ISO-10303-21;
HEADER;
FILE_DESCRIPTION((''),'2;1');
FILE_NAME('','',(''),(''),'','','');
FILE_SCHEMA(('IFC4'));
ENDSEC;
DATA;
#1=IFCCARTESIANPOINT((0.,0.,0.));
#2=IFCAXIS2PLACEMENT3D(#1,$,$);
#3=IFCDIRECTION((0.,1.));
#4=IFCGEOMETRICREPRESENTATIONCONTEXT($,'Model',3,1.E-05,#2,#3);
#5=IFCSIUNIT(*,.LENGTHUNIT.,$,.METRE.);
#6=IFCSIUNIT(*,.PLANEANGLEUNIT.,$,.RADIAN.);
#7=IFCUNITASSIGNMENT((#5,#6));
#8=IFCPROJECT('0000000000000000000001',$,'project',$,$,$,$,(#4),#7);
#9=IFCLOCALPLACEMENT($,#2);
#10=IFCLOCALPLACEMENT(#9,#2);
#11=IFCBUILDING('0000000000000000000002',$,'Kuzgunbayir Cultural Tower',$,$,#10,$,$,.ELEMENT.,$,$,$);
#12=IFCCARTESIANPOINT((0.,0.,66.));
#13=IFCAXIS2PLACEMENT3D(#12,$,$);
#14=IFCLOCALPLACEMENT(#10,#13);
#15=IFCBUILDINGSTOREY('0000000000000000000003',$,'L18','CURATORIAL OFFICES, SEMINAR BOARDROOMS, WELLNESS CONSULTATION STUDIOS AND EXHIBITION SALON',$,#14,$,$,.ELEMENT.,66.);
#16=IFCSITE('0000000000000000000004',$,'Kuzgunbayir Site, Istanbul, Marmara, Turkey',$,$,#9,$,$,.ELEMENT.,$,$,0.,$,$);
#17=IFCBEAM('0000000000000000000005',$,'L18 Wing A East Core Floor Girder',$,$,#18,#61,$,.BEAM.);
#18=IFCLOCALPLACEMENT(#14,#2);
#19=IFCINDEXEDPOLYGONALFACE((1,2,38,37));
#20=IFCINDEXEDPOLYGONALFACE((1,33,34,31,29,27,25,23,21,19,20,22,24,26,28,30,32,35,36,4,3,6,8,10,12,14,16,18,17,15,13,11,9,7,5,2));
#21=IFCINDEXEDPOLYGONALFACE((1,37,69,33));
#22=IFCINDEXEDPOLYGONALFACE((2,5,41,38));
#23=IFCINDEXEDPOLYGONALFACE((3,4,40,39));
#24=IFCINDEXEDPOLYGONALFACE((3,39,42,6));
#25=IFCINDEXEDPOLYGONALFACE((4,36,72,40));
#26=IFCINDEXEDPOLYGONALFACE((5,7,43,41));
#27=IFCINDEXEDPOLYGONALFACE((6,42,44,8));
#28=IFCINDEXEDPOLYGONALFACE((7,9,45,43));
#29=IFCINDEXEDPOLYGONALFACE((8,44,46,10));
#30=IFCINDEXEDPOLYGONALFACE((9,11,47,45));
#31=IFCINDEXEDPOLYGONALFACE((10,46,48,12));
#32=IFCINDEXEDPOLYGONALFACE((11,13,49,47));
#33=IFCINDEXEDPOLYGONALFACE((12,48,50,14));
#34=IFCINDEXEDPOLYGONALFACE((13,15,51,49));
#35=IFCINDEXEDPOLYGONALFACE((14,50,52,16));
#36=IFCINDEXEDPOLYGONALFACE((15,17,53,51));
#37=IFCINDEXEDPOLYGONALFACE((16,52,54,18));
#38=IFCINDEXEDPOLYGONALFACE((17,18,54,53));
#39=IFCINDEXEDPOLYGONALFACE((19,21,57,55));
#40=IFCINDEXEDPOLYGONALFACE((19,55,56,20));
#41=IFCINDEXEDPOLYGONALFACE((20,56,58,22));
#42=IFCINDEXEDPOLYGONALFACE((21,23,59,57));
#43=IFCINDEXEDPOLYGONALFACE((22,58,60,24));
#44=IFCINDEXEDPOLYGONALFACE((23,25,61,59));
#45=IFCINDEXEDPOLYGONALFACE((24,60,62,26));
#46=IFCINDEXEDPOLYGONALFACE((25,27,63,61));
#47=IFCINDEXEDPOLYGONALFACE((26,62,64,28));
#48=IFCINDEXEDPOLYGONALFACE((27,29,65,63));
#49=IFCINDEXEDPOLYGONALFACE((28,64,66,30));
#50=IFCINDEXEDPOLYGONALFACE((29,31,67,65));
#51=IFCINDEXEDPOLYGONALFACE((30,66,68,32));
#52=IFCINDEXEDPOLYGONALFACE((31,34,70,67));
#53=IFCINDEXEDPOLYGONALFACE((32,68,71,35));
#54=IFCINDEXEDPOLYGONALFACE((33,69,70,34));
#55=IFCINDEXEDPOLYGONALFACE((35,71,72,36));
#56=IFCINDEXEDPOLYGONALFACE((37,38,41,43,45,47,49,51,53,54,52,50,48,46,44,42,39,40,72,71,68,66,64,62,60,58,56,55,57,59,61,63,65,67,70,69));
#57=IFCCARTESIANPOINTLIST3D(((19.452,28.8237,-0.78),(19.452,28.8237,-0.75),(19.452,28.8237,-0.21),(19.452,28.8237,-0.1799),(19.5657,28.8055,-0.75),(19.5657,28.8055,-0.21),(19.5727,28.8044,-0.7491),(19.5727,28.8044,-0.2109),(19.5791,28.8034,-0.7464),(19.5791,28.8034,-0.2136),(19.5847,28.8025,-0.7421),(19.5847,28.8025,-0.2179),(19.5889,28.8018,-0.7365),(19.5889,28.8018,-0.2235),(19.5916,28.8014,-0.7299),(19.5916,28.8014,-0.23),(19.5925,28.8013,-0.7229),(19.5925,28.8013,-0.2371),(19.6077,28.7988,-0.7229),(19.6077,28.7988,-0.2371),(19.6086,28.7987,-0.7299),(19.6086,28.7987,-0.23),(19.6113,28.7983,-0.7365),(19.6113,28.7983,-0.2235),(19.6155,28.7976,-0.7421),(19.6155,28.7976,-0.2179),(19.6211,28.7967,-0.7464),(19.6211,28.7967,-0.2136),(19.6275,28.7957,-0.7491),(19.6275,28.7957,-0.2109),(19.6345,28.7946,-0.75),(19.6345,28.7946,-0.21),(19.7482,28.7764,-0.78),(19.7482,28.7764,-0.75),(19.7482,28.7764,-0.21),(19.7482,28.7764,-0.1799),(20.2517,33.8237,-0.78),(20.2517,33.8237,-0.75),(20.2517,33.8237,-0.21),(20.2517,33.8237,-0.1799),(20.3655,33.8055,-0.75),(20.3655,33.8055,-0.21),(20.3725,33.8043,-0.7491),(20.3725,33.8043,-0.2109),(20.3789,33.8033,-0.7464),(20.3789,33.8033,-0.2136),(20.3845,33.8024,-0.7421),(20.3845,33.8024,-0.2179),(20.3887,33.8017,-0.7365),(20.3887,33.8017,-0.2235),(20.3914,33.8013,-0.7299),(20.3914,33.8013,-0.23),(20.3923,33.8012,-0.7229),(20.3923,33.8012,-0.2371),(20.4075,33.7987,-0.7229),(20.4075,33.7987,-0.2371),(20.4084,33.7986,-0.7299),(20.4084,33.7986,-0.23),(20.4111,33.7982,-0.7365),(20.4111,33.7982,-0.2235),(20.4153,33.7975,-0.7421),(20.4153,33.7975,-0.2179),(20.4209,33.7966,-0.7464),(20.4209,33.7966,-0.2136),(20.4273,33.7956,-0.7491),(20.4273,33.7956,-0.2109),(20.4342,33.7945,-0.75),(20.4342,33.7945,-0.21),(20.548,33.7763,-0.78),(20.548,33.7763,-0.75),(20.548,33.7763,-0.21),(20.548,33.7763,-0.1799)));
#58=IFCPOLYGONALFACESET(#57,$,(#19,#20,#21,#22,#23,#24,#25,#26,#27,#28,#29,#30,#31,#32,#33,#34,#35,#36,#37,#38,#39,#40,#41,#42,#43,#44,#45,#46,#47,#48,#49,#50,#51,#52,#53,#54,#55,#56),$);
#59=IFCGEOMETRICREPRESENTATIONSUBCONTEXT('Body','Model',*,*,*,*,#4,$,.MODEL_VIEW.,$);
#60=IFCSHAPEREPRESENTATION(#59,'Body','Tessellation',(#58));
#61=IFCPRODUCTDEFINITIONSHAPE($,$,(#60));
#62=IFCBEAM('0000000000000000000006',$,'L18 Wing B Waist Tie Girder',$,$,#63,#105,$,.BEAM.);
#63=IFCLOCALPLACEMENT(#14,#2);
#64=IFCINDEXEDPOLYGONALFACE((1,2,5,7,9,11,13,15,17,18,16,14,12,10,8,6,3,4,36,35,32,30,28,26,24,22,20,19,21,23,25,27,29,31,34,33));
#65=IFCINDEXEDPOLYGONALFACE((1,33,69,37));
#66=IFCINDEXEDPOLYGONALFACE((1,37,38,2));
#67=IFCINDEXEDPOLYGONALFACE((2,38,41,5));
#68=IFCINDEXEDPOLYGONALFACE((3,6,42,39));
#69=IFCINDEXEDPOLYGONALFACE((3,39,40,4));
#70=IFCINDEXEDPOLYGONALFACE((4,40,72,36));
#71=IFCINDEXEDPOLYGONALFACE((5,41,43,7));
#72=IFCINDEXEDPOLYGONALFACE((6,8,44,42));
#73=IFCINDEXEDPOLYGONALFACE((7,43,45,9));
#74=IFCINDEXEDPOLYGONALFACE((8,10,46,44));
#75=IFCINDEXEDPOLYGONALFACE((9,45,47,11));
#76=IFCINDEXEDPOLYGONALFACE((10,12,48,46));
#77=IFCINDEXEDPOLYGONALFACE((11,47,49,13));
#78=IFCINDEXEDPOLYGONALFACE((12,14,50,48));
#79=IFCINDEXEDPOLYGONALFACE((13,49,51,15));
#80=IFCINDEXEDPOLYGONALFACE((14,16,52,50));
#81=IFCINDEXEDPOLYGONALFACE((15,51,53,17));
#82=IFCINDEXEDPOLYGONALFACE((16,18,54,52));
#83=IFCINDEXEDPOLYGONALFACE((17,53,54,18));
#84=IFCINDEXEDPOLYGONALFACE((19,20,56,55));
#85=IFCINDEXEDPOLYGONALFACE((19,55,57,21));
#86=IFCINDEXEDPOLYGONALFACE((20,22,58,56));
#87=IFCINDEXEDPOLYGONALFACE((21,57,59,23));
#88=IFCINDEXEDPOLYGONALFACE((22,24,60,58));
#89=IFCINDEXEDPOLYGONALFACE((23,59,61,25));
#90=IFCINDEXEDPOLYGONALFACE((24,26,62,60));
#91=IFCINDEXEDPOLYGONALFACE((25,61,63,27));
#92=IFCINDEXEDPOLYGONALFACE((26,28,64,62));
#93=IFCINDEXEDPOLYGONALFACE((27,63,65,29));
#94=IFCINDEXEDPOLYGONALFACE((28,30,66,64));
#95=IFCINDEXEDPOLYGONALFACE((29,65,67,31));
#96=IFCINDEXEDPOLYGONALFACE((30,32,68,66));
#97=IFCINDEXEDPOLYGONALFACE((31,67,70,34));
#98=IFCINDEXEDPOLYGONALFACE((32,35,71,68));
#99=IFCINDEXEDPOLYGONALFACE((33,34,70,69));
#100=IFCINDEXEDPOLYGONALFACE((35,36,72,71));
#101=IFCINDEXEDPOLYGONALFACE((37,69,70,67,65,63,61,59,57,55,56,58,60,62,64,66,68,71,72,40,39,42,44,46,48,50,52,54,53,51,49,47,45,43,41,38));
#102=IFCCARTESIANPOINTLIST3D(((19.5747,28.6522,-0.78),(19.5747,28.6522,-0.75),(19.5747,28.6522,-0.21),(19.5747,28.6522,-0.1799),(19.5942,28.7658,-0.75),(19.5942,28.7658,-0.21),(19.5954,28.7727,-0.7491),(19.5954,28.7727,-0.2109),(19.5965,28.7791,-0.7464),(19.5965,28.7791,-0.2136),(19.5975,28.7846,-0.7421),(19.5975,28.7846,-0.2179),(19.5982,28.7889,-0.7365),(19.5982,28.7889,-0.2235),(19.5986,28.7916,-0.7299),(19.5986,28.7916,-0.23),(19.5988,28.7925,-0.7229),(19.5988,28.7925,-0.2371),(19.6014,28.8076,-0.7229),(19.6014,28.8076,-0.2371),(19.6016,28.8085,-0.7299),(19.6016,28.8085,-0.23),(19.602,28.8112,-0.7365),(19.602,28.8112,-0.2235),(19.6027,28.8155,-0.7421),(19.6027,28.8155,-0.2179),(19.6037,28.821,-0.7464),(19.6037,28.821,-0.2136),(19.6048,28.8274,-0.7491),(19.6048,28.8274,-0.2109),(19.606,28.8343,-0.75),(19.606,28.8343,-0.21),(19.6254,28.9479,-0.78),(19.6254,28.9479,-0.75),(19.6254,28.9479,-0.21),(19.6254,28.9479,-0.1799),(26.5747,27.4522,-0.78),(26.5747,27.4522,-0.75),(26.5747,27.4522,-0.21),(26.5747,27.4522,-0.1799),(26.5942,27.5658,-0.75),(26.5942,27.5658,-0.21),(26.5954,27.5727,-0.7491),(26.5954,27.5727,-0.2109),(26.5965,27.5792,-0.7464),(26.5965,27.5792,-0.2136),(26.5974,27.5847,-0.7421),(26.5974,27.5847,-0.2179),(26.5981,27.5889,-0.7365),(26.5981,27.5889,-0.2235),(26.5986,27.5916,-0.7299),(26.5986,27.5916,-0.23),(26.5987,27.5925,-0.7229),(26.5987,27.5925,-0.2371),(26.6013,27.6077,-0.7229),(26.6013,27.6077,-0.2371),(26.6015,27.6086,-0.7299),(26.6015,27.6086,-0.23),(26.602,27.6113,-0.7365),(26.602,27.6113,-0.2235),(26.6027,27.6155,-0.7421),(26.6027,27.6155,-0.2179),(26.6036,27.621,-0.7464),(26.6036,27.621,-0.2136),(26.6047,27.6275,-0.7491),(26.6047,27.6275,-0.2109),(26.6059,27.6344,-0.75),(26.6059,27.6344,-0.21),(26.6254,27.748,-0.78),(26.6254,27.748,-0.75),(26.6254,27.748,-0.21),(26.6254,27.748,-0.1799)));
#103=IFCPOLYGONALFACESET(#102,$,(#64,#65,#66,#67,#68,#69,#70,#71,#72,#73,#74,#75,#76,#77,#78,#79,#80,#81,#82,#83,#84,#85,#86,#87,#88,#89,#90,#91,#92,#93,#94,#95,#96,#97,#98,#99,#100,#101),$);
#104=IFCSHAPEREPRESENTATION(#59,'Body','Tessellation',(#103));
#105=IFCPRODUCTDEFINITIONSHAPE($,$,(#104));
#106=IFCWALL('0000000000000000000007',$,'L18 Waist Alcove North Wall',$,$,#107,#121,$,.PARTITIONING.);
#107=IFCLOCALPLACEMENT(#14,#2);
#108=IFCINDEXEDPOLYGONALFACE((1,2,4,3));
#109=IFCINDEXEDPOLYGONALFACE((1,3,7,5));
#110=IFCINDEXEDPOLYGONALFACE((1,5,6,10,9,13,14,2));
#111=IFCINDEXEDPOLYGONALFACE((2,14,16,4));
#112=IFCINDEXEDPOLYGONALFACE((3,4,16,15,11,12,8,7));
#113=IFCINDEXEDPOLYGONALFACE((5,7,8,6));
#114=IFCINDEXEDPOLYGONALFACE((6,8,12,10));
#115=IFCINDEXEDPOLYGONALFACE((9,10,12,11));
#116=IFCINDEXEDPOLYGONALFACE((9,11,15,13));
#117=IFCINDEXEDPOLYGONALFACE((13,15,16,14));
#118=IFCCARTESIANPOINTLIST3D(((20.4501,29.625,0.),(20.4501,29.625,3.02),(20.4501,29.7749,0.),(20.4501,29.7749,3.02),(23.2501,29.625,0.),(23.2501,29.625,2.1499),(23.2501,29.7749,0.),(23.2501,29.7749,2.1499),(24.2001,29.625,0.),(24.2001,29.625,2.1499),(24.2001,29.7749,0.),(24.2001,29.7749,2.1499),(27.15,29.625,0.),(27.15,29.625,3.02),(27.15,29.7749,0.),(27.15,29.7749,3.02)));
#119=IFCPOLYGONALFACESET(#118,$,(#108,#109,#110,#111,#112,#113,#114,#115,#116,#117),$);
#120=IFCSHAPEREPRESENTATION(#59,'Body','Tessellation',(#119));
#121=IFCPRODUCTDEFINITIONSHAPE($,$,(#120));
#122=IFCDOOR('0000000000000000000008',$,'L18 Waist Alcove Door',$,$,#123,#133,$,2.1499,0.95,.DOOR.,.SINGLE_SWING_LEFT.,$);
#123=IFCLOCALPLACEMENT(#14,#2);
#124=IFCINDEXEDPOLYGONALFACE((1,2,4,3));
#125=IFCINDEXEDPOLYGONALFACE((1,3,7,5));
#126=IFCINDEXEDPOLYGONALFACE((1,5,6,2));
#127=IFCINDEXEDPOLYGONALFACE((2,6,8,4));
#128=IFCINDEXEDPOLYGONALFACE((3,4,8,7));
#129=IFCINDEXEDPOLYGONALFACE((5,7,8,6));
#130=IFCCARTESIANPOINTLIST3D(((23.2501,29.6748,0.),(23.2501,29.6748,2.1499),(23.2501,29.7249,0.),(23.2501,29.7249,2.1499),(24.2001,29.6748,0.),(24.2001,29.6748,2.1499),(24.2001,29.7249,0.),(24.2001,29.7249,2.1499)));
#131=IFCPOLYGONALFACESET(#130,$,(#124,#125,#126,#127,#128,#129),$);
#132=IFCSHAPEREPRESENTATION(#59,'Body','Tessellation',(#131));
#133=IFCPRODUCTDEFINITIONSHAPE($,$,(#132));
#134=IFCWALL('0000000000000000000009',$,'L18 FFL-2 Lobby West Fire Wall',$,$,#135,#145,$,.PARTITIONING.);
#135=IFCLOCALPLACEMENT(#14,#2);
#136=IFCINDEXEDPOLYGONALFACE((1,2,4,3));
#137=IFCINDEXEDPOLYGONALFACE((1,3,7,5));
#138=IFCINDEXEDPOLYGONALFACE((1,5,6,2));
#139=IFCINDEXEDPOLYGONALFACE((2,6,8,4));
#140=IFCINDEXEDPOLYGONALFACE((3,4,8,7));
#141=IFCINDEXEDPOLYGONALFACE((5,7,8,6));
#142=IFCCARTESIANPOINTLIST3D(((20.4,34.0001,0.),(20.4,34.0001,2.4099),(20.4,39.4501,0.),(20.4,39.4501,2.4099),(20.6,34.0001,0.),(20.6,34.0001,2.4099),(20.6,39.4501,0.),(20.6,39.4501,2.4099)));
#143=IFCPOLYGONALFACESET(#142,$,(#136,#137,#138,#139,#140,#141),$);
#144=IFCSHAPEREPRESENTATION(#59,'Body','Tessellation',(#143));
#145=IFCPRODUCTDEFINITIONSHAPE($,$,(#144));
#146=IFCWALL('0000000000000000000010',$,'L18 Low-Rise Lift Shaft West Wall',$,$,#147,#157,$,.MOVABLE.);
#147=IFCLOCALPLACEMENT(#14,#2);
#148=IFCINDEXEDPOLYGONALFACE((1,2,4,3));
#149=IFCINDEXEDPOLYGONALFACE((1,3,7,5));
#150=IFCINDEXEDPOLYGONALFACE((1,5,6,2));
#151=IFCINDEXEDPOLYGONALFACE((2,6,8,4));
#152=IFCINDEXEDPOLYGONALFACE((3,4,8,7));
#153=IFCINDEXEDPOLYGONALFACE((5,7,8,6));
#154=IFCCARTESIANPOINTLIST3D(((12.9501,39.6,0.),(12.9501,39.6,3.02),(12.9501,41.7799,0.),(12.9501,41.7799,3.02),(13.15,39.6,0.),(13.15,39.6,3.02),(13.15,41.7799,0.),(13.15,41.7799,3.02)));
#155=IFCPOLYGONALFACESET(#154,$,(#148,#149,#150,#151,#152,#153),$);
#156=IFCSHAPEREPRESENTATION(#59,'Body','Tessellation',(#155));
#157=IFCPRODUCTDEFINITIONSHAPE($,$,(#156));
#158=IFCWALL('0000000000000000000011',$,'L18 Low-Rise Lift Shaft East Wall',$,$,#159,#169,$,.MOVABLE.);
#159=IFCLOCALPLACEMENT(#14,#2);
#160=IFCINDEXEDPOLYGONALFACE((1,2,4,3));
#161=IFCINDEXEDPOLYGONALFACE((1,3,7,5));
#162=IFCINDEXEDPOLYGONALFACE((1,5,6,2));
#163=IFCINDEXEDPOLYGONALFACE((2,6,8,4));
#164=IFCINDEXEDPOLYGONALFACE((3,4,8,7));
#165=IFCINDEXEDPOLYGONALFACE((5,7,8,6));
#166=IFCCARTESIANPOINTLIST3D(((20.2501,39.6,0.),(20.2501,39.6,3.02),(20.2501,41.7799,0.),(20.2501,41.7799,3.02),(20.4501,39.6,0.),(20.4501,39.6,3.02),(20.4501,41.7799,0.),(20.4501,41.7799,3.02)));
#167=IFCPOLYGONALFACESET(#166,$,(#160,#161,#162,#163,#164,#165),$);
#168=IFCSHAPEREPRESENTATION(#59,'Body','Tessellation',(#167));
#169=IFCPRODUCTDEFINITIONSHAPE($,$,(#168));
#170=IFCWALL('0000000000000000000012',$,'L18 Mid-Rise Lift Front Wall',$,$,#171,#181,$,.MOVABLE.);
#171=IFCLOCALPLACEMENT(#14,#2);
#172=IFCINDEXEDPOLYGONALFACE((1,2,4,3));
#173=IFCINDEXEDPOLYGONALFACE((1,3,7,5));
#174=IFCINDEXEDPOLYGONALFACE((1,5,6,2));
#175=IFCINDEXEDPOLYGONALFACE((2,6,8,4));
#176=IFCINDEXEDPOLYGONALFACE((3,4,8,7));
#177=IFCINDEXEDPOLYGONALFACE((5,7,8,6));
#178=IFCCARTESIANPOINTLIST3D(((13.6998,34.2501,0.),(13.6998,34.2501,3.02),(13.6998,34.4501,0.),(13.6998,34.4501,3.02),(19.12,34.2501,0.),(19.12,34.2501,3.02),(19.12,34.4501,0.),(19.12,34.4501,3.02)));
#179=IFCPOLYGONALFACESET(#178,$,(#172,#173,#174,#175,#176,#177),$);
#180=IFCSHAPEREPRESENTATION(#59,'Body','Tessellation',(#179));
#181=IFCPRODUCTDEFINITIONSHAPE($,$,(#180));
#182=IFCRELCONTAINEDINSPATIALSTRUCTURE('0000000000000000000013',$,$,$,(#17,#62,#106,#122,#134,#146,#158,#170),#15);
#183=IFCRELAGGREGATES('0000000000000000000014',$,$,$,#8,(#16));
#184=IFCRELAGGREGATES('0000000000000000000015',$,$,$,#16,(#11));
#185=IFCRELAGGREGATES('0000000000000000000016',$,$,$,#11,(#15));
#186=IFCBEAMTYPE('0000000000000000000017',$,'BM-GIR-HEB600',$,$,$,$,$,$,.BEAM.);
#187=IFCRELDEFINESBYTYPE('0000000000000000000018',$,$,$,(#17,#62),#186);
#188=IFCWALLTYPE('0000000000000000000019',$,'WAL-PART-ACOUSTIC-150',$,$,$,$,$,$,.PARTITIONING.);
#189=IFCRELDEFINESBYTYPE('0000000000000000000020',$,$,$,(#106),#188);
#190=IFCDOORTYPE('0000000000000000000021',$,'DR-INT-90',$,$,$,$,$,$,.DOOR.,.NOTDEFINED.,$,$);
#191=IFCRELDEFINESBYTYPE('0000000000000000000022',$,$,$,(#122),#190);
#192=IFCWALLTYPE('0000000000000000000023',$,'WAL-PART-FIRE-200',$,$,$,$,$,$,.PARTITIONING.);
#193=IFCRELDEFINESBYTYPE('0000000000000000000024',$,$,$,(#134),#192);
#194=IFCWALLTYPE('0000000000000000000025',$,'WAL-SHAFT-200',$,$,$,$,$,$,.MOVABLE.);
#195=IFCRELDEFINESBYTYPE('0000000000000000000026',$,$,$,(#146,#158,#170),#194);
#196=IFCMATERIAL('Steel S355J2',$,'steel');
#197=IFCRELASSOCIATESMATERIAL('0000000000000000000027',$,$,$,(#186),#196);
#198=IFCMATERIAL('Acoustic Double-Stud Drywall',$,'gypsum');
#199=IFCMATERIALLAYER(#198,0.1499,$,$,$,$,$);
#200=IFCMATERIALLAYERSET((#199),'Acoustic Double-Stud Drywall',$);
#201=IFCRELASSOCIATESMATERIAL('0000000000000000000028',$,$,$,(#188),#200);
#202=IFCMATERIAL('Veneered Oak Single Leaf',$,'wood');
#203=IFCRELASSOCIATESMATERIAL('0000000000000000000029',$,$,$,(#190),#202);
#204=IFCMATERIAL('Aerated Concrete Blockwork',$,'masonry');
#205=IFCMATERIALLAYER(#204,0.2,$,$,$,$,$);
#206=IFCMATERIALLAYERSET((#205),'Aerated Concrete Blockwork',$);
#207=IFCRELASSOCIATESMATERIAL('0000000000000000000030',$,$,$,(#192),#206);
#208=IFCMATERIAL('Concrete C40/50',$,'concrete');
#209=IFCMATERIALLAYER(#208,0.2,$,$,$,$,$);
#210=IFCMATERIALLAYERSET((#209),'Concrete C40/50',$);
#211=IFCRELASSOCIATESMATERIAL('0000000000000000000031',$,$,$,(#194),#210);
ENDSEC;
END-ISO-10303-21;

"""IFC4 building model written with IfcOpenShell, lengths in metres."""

from ifc_helpers import new_model, si_unit, direction, frame, frame_2d, origin, origin_2d, place, context, subcontext, project, spatial, rectangle, i_section, extrude, material, layer, layer_set, material_profile, profile_set, type_object, element, fill, save


model = new_model("IFC4")

# Units and contexts
model_context = context("Model", 3, precision=1e-05, world=origin(), true_north=direction((0.0, 1.0)))
body_context = subcontext(model_context, "Body", "Model", "MODEL_VIEW")
ifc_project = project(units=[si_unit("LENGTHUNIT", "METRE"), si_unit("PLANEANGLEUNIT", "RADIAN")], contexts=[model_context])

# Site, building, storey
site_placement = place(None, origin())
site = spatial("IfcSite", under=ifc_project, at=site_placement, Name="Kuzgunbayir Site, Istanbul, Marmara, Turkey", CompositionType="ELEMENT", RefElevation=0.0)
building_placement = place(site_placement, origin())
building = spatial("IfcBuilding", under=site, at=building_placement, Name="Kuzgunbayir Cultural Tower", CompositionType="ELEMENT")
storey_placement = place(building_placement, frame((0.0, 0.0, 66.0)))
storey = spatial("IfcBuildingStorey", under=building, at=storey_placement, Name="L18", Description="CURATORIAL OFFICES, SEMINAR BOARDROOMS, WELLNESS CONSULTATION STUDIOS AND EXHIBITION SALON", CompositionType="ELEMENT", Elevation=66.0)

# Beams
ifc_material_1 = material(Name="Steel S355J2", Category="steel")
ifc_material_profile_1 = material_profile(ifc_material_1, i_section(OverallWidth=0.3, OverallDepth=0.6001, WebThickness=0.0154, FlangeThickness=0.03, FilletRadius=0.0271, at=origin_2d()), Name="HEB 600")
ifc_profile_set_1 = profile_set([ifc_material_profile_1], Name="Steel S355J2")
beam_type = type_object("IfcBeamType", Name="BM-GIR-HEB600", PredefinedType="BEAM", material=ifc_profile_set_1)
beam_1_placement = place(storey_placement, frame((19.6001, 28.8, -0.48), z_axis=(0.157953, 0.987447, 0.0), x_axis=(-0.987447, 0.157953, 0.0)))
element("IfcBeam", 1, at=beam_1_placement, inside=storey, type_object=beam_type, Name="L18 Wing A East Core Floor Girder", PredefinedType="BEAM", context=body_context, shape_type="SweptSolid", body=[
    extrude(i_section(OverallWidth=0.3, OverallDepth=0.6001, WebThickness=0.0154, FlangeThickness=0.03, FilletRadius=0.0271, at=origin_2d()), origin(), (0.0, 0.0, 1.0), 5.0635),
])
beam_2_placement = place(storey_placement, frame((19.6001, 28.8, -0.48), z_axis=(0.985623, -0.168957, 0.0), x_axis=(0.168957, 0.985623, 0.0)))
element("IfcBeam", 2, at=beam_2_placement, inside=storey, type_object=beam_type, Name="L18 Wing B Waist Tie Girder", PredefinedType="BEAM", context=body_context, shape_type="SweptSolid", body=[
    extrude(i_section(OverallWidth=0.3, OverallDepth=0.6001, WebThickness=0.0154, FlangeThickness=0.03, FilletRadius=0.0271, at=origin_2d()), origin(), (0.0, 0.0, 1.0), 7.1021),
])

# Wall, opening, door
ifc_material_2 = material(Name="Acoustic Double-Stud Drywall", Category="gypsum")
ifc_layer_1 = layer(ifc_material_2, 0.1499)
ifc_layer_set_1 = layer_set([ifc_layer_1], Name="Acoustic Double-Stud Drywall")
wall_type_1 = type_object("IfcWallType", Name="WAL-PART-ACOUSTIC-150", PredefinedType="PARTITIONING", material=ifc_layer_set_1)
wall_1_placement = place(storey_placement, frame((20.45, 29.7, 0.0), z_axis=(0.0, 0.0, 1.0), x_axis=(1.0, 0.0, 0.0)))
wall_1 = element("IfcWall", 3, at=wall_1_placement, inside=storey, type_object=wall_type_1, Name="L18 Waist Alcove North Wall", PredefinedType="PARTITIONING", context=body_context, shape_type="SweptSolid", body=[
    extrude(rectangle(XDim=6.7, YDim=0.1499, at=frame_2d((3.3501, 0.0))), origin(), (0.0, 0.0, 1.0), 3.02),
])
opening_1_placement = place(wall_1_placement, frame((2.8, 0.0, 0.0)))
opening_1 = element("IfcOpeningElement", 4, at=opening_1_placement, cuts=wall_1, PredefinedType="OPENING", context=body_context, shape_type="SweptSolid", body=[
    extrude(rectangle(XDim=0.95, YDim=2.1499, at=frame_2d((0.4751, 1.075))), frame((0.0, 0.085, 0.0), z_axis=(0.0, -1.0, 0.0), x_axis=(1.0, 0.0, 0.0)), (0.0, 0.0, 1.0), 0.1699),
])
ifc_material_3 = material(Name="Veneered Oak Single Leaf", Category="wood")
door_type_1 = type_object("IfcDoorType", Name="DR-INT-90", OperationType="NOTDEFINED", PredefinedType="DOOR", material=ifc_material_3)
door_1_placement = place(opening_1_placement, origin())
door_1 = element("IfcDoor", 5, at=door_1_placement, inside=storey, type_object=door_type_1, Name="L18 Waist Alcove Door", OperationType="SINGLE_SWING_LEFT", OverallHeight=2.1499, OverallWidth=0.95, PredefinedType="DOOR", context=body_context, shape_type="SweptSolid", body=[
    extrude(rectangle(XDim=0.95, YDim=2.1499, at=frame_2d((0.4751, 1.075))), frame((0.0, 0.0249, 0.0), z_axis=(0.0, -1.0, 0.0), x_axis=(1.0, 0.0, 0.0)), (0.0, 0.0, 1.0), 0.05),
])
fill(opening_1, door_1)

# Wall
ifc_material_4 = material(Name="Aerated Concrete Blockwork", Category="masonry")
ifc_layer_2 = layer(ifc_material_4, 0.2)
ifc_layer_set_2 = layer_set([ifc_layer_2], Name="Aerated Concrete Blockwork")
wall_type_2 = type_object("IfcWallType", Name="WAL-PART-FIRE-200", PredefinedType="PARTITIONING", material=ifc_layer_set_2)
wall_2_placement = place(storey_placement, frame((20.5, 34.0, 0.0), z_axis=(0.0, 0.0, 1.0), x_axis=(0.0, 1.0, 0.0)))
element("IfcWall", 6, at=wall_2_placement, inside=storey, type_object=wall_type_2, Name="L18 FFL-2 Lobby West Fire Wall", PredefinedType="PARTITIONING", context=body_context, shape_type="SweptSolid", body=[
    extrude(rectangle(XDim=5.45, YDim=0.2, at=frame_2d((2.7251, 0.0))), origin(), (0.0, 0.0, 1.0), 2.4099),
])

# Walls
ifc_material_5 = material(Name="Concrete C40/50", Category="concrete")
ifc_layer_3 = layer(ifc_material_5, 0.2)
ifc_layer_set_3 = layer_set([ifc_layer_3], Name="Concrete C40/50")
wall_type_3 = type_object("IfcWallType", Name="WAL-SHAFT-200", PredefinedType="MOVABLE", material=ifc_layer_set_3)
for number, where, z_axis, x_axis, name in (
    (7, (13.05, 39.6001, 0.0), (0.0, 0.0, 1.0), (0.0, 1.0, 0.0), "L18 Low-Rise Lift Shaft West Wall"),
    (8, (20.3501, 39.6001, 0.0), (0.0, 0.0, 1.0), (0.0, 1.0, 0.0), "L18 Low-Rise Lift Shaft East Wall"),
):
    element("IfcWall", number, at=place(storey_placement, frame(where, z_axis=z_axis, x_axis=x_axis)), inside=storey, type_object=wall_type_3, Name=name, PredefinedType="MOVABLE", context=body_context, shape_type="SweptSolid", body=[
        extrude(rectangle(XDim=2.1799, YDim=0.2, at=frame_2d((1.0898, 0.0))), origin(), (0.0, 0.0, 1.0), 3.02),
    ])
for number, where, z_axis, x_axis, name in (
    (9, (13.7, 34.3501, 0.0), (0.0, 0.0, 1.0), (1.0, 0.0, 0.0), "L18 Mid-Rise Lift Front Wall"),
):
    element("IfcWall", number, at=place(storey_placement, frame(where, z_axis=z_axis, x_axis=x_axis)), inside=storey, type_object=wall_type_3, Name=name, PredefinedType="MOVABLE", context=body_context, shape_type="SweptSolid", body=[
        extrude(rectangle(XDim=5.4202, YDim=0.2, at=frame_2d((2.71, 0.0))), origin(), (0.0, 0.0, 1.0), 3.02),
    ])

save(model, "model.ifc")
